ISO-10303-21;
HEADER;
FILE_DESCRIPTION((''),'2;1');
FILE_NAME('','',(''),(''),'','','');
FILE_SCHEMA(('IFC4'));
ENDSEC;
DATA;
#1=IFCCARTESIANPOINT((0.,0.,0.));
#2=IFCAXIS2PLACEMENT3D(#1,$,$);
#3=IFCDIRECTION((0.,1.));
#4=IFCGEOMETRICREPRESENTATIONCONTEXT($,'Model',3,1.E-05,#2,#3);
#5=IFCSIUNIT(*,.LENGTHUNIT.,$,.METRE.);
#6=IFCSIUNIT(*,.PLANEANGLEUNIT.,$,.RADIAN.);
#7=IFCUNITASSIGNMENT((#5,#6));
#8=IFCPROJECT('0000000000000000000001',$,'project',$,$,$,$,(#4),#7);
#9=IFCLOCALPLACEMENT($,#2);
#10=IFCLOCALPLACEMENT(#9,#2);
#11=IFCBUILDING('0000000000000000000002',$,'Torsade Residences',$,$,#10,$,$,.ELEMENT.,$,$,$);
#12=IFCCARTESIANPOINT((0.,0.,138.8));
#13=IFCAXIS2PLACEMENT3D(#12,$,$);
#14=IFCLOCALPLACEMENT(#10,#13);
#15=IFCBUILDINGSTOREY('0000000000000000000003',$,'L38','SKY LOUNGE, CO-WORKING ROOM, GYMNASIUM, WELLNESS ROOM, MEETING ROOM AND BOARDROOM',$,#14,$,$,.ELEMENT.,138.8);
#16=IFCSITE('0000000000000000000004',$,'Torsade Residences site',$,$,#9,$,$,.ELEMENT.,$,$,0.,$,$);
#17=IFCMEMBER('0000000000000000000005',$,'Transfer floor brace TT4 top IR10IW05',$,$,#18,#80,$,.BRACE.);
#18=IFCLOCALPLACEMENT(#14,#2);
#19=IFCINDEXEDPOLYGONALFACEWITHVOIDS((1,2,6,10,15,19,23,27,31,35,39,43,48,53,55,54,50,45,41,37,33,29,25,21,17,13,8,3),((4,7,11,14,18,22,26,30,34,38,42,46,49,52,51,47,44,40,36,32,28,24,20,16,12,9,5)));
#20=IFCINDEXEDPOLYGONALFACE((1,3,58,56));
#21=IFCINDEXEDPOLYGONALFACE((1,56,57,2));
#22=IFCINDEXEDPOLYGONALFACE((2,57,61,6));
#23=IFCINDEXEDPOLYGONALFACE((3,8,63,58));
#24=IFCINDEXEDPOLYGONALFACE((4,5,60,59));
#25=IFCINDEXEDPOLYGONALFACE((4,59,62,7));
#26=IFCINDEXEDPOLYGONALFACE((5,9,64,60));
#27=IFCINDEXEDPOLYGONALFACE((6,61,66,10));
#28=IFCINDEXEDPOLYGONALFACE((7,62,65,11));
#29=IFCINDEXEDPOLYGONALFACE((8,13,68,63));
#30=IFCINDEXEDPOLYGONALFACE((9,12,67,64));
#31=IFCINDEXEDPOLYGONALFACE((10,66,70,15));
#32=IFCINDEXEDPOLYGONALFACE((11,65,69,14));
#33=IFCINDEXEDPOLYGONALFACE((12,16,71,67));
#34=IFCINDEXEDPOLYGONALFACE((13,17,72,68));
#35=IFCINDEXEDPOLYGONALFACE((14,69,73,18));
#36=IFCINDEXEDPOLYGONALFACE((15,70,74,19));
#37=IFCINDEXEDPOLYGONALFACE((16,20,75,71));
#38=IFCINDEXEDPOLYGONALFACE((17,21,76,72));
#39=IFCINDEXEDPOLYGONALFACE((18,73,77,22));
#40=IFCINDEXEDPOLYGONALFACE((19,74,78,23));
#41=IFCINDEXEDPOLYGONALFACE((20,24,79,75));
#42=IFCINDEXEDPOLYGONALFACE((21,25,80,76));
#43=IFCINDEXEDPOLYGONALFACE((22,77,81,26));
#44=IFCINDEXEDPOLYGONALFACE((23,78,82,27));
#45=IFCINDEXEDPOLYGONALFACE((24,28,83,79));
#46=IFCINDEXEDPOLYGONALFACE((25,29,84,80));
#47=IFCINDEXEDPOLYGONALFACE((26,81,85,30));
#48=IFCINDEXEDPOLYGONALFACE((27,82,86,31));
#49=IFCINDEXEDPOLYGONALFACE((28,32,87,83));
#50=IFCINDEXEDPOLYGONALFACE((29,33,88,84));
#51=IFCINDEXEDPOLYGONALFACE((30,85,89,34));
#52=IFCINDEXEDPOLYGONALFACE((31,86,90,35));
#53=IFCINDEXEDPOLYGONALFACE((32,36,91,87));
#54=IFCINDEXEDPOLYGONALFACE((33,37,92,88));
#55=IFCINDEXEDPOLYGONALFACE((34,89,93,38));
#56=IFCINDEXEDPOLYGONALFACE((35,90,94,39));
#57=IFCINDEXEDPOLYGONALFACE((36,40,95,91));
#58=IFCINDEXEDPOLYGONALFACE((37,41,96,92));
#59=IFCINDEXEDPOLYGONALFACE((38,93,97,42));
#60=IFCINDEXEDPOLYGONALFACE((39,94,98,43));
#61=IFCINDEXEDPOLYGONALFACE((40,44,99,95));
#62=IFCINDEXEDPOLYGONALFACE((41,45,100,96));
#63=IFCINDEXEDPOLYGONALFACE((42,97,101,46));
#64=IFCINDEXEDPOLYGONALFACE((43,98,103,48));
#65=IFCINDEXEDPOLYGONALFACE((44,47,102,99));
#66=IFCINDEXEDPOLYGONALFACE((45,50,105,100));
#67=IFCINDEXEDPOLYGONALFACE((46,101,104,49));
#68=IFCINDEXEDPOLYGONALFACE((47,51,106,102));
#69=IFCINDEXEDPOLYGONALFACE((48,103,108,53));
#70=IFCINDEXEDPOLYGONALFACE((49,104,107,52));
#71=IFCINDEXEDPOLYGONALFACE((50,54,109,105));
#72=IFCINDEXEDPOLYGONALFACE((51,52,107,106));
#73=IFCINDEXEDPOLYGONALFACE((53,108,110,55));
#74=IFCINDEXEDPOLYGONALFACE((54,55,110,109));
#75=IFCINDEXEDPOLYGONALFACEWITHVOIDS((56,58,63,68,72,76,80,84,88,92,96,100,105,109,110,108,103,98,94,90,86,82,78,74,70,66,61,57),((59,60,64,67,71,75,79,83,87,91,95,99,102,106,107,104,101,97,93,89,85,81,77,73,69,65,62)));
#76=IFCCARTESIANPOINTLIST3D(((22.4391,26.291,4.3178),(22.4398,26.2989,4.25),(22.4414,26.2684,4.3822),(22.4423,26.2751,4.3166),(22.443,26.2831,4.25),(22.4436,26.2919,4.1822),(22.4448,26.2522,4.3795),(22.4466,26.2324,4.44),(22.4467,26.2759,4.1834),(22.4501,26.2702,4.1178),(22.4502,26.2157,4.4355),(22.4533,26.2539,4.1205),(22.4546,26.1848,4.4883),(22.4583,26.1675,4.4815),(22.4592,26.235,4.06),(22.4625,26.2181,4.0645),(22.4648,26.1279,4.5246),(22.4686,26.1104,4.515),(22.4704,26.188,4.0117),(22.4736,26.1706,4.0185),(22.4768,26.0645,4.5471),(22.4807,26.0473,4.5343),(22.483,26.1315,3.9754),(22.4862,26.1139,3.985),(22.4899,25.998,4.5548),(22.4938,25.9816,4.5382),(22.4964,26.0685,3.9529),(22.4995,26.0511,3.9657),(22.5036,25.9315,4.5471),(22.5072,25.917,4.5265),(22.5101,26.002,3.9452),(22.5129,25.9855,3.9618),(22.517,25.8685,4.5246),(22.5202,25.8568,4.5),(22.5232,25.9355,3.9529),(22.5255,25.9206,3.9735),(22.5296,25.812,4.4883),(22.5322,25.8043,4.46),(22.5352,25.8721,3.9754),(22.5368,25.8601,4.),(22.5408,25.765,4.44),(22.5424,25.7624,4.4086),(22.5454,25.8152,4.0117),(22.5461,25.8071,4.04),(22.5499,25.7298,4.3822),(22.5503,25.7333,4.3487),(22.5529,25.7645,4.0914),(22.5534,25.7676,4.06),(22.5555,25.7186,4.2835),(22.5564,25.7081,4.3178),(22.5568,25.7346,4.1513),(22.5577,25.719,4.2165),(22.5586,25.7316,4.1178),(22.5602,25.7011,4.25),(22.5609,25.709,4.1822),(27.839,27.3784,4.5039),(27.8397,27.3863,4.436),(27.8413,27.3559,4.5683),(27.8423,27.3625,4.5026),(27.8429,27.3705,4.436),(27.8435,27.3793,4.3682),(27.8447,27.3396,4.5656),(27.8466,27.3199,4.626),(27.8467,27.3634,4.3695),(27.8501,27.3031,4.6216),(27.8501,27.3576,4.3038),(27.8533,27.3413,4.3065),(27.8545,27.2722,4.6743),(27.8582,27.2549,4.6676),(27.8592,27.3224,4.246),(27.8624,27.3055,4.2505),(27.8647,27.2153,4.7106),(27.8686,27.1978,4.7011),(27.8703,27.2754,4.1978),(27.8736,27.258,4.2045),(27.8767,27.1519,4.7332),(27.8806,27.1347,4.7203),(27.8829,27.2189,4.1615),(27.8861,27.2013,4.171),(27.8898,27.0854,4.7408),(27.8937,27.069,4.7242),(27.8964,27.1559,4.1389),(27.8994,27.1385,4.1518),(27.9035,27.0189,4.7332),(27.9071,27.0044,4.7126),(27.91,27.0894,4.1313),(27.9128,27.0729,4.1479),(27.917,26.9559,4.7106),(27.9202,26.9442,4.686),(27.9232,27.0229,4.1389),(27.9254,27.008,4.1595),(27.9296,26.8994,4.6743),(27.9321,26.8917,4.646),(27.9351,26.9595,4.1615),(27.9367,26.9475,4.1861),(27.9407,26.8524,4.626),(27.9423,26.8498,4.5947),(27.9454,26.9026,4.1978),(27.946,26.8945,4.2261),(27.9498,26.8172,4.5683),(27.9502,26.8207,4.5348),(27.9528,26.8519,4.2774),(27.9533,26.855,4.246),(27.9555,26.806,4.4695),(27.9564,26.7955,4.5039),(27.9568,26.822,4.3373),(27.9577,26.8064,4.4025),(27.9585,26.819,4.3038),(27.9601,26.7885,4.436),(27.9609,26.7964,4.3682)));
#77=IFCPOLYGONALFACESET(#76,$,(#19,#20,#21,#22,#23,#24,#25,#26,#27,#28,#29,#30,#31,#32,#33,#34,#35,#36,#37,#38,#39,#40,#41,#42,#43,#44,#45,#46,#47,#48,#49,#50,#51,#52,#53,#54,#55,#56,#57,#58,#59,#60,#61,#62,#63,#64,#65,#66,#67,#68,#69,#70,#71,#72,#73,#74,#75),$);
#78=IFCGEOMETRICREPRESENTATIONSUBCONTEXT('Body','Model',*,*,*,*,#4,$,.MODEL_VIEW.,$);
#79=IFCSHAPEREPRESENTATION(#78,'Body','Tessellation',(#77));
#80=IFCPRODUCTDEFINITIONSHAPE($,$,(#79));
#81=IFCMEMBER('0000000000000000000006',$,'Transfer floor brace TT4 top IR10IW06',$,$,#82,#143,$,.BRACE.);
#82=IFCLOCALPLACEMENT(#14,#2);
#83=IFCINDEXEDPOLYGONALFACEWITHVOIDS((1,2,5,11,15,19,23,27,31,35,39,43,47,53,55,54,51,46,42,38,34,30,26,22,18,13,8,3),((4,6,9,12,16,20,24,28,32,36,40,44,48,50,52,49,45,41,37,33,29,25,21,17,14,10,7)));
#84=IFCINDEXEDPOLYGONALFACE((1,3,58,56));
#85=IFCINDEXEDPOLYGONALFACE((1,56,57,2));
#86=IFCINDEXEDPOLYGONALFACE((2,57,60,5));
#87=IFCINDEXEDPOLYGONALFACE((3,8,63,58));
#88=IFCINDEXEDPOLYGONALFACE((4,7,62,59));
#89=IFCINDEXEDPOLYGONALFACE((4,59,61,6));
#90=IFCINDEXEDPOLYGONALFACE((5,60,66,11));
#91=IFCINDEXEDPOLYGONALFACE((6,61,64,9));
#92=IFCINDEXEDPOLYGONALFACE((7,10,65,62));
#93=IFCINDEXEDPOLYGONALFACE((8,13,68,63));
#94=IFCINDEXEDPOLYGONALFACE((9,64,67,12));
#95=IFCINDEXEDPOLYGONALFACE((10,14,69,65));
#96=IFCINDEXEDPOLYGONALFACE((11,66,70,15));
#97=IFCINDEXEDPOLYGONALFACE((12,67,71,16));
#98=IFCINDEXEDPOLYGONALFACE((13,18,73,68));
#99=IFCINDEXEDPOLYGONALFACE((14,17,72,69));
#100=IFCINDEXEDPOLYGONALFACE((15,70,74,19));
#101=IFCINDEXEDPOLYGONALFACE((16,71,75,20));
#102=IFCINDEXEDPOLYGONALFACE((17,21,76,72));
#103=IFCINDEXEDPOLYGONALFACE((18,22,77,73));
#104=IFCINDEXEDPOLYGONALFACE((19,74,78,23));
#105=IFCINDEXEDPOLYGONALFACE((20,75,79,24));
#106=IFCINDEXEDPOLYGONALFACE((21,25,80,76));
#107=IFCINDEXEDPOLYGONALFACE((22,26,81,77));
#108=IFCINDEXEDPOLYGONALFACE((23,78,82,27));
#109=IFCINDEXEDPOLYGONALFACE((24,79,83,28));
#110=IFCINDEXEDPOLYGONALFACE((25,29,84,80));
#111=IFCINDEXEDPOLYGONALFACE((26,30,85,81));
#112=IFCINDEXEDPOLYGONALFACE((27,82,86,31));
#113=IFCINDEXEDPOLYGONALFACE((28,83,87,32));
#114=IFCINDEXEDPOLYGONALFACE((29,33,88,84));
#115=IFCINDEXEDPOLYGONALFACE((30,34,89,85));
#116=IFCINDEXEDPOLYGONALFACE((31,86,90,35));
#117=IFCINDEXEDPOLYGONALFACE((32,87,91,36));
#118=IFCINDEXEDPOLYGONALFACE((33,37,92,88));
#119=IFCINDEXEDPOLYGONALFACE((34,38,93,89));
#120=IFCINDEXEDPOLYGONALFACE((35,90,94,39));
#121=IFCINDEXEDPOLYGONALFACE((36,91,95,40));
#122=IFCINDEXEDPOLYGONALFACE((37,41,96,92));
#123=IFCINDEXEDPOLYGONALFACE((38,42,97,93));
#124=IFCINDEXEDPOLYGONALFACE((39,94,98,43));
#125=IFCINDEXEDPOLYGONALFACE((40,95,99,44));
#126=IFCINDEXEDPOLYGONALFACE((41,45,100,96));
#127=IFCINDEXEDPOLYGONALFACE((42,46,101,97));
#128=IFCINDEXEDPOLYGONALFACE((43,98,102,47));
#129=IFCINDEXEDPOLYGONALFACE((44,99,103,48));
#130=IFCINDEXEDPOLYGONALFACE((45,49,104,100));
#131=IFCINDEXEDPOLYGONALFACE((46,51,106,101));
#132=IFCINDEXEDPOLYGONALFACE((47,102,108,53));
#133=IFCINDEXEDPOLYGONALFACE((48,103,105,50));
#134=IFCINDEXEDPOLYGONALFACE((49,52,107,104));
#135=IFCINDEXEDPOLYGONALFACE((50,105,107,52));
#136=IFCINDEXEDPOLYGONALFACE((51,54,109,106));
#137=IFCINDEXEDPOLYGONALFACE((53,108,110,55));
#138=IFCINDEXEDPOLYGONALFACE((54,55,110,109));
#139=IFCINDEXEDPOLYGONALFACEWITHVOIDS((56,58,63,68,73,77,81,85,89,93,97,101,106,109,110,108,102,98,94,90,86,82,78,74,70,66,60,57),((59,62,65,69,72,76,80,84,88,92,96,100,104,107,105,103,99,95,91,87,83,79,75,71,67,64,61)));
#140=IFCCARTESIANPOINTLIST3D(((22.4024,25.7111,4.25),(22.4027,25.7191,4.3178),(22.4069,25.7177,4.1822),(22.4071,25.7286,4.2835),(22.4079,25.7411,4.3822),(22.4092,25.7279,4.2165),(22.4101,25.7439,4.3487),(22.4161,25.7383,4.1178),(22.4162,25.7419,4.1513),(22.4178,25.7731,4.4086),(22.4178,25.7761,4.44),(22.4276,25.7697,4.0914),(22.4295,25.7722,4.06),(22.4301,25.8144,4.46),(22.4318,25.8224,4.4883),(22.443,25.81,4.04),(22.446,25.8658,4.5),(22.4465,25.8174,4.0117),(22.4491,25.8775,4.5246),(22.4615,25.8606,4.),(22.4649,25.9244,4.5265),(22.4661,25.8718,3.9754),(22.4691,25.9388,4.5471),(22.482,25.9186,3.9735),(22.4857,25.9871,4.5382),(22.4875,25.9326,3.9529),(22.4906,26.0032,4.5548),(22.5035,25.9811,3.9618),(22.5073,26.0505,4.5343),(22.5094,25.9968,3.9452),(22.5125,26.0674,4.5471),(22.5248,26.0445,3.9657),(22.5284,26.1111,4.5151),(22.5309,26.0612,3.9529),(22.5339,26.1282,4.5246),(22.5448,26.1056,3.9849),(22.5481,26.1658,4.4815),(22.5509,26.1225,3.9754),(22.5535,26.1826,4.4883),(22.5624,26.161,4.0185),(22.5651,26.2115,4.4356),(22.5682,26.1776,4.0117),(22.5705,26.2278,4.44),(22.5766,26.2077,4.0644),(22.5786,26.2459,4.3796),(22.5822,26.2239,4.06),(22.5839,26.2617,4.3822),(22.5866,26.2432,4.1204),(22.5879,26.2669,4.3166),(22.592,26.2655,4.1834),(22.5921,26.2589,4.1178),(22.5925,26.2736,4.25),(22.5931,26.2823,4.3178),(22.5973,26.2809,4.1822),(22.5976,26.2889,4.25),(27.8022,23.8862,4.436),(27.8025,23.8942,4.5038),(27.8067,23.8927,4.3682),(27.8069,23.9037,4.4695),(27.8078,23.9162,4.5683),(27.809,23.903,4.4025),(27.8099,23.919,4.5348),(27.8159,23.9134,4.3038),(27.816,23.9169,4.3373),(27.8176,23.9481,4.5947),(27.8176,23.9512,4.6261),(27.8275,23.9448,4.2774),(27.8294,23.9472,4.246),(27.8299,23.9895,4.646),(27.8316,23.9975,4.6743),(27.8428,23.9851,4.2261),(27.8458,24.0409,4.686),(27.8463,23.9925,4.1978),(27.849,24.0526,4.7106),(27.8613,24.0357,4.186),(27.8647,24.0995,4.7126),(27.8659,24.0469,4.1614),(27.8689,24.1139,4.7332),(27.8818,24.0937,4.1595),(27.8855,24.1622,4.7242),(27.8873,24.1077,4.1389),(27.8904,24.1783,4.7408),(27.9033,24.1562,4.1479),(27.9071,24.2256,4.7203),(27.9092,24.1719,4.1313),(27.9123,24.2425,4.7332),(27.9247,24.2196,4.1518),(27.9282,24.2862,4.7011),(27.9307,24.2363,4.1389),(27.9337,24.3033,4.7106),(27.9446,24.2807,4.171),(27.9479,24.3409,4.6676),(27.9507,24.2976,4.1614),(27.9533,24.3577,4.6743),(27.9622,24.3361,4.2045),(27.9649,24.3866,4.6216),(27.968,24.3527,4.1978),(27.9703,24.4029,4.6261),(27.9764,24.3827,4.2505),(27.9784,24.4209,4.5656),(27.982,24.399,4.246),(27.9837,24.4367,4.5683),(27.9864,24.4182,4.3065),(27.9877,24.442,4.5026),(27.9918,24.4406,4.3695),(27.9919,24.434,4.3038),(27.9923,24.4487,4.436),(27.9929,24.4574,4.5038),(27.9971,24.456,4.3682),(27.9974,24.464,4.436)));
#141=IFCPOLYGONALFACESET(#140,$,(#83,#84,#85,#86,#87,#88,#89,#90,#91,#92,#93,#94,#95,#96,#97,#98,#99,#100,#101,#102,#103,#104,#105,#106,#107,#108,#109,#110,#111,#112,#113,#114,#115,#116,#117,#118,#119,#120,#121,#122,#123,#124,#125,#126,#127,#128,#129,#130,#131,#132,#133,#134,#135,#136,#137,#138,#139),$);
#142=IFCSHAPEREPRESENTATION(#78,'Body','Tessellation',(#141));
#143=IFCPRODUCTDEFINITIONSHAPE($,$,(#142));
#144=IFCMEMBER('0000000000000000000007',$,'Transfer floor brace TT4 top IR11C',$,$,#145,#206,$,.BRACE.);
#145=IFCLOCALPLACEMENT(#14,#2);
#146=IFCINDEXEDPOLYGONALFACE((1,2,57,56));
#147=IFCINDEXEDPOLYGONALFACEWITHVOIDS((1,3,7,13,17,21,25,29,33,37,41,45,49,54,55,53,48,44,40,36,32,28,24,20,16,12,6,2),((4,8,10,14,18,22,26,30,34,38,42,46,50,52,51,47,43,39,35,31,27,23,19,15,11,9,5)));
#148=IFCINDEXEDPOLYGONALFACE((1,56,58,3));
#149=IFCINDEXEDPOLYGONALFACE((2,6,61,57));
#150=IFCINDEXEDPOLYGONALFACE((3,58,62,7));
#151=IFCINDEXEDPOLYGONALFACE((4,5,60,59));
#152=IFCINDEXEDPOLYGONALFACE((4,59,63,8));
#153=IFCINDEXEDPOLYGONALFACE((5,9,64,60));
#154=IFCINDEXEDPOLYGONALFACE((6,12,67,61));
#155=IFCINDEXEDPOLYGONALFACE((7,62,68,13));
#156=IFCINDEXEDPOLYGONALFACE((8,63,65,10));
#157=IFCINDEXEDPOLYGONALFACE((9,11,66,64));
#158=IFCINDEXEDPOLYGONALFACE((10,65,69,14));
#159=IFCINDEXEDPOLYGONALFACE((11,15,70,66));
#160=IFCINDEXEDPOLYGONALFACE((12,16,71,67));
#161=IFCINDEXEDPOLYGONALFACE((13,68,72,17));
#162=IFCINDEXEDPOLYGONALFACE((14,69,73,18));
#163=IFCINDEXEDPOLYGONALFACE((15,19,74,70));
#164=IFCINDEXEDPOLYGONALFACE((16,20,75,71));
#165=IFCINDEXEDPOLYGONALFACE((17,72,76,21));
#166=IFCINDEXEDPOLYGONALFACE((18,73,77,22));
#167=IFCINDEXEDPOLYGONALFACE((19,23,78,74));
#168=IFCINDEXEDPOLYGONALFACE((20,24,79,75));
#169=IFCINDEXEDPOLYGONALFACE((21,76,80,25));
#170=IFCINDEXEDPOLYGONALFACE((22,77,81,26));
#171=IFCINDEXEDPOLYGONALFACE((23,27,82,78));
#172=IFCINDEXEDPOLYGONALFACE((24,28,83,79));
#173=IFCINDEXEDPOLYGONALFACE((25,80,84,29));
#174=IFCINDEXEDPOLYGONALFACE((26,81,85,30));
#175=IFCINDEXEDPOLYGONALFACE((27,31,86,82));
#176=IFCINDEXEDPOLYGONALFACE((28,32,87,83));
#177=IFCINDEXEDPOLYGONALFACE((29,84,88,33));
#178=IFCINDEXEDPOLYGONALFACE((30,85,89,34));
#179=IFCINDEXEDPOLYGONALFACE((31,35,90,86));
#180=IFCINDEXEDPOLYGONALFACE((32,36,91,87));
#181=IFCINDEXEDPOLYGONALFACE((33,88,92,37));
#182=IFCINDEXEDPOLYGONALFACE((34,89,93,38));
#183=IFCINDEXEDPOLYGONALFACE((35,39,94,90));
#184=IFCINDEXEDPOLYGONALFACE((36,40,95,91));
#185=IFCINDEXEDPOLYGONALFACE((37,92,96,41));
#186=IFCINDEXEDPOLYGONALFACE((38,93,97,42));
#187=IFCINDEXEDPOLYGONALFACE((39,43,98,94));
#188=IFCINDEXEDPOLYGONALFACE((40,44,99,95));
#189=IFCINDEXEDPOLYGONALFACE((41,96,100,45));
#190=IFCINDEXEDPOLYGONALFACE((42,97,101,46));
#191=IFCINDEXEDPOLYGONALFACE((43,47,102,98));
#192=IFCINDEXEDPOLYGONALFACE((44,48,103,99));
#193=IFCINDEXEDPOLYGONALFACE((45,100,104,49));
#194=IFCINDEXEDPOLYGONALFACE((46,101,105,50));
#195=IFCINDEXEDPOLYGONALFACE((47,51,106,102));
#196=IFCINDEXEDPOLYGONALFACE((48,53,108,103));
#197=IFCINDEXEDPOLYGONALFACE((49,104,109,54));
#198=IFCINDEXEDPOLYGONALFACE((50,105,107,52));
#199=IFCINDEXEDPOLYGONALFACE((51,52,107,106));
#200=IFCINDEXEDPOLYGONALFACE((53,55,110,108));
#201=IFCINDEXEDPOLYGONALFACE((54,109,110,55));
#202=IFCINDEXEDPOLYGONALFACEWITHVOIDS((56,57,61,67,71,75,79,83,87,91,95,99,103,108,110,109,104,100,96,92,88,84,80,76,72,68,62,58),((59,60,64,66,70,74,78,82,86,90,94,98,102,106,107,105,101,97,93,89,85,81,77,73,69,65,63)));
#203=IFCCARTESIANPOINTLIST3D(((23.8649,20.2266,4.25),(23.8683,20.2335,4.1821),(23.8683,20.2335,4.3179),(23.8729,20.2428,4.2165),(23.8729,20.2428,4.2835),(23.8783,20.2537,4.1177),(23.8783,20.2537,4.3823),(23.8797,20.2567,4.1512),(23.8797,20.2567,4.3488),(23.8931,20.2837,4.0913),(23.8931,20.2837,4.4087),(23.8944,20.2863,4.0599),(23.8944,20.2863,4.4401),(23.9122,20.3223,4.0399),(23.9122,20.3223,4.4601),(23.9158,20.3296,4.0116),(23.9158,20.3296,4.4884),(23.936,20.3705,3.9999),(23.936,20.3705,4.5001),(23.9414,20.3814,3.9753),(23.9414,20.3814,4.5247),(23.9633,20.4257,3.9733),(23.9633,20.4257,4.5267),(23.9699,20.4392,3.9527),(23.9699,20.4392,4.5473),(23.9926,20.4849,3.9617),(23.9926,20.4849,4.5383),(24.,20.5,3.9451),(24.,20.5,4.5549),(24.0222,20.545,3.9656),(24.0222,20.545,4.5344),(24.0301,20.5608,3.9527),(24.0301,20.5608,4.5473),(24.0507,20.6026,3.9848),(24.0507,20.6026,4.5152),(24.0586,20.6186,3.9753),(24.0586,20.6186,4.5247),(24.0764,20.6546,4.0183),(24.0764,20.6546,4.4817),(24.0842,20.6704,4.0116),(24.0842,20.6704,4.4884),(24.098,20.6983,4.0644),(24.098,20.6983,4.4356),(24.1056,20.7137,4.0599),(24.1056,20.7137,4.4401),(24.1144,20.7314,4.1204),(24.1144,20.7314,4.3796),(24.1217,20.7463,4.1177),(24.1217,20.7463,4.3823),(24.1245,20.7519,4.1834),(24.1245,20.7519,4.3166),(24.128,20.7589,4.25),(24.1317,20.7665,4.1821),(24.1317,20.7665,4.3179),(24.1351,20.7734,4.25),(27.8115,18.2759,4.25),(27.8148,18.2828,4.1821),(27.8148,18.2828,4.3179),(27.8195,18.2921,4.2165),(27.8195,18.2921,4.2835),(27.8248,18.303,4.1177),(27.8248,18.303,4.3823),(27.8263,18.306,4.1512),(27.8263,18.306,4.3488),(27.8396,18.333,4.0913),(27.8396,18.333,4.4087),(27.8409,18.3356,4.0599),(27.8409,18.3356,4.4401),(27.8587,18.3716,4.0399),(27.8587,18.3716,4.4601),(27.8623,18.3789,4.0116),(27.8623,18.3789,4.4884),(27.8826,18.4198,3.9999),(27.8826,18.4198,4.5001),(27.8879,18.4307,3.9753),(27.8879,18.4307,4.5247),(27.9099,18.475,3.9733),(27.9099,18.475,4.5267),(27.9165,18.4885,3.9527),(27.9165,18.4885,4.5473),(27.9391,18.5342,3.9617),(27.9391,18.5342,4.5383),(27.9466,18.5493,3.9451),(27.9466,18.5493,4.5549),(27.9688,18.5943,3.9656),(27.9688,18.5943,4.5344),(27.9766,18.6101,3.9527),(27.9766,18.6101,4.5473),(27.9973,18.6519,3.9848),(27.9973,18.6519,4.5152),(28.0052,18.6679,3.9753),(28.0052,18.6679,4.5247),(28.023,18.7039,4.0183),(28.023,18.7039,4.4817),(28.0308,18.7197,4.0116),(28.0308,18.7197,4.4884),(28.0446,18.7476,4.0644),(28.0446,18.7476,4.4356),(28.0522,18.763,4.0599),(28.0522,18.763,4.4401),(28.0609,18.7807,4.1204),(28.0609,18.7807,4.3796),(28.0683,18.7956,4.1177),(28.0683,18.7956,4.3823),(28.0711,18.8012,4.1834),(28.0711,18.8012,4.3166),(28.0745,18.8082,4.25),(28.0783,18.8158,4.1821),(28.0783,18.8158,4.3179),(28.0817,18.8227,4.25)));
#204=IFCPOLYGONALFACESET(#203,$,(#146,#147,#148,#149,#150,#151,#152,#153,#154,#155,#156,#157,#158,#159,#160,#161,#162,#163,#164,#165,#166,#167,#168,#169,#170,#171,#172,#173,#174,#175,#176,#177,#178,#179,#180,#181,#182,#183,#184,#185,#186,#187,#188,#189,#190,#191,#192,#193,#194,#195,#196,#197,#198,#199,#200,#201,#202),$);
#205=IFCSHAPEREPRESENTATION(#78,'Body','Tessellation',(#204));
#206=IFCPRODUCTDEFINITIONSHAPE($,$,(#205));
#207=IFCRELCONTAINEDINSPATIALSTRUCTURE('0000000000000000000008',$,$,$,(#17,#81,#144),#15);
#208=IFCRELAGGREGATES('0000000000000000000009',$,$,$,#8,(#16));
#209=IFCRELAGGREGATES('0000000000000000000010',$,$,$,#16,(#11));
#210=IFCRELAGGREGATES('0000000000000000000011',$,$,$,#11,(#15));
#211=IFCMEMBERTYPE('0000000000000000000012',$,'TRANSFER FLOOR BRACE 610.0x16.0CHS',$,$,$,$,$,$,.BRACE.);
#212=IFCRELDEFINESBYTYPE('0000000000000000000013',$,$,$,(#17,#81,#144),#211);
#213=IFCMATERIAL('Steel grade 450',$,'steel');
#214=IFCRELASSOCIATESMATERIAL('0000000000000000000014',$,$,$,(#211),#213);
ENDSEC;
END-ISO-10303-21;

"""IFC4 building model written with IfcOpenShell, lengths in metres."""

from ifc_helpers import new_model, si_unit, direction, frame, origin, origin_2d, place, context, subcontext, project, spatial, hollow_circle, extrude, material, material_profile, profile_set, type_object, element, save


model = new_model("IFC4")

# Units and contexts
model_context = context("Model", 3, precision=1e-05, world=origin(), true_north=direction((0.0, 1.0)))
body_context = subcontext(model_context, "Body", "Model", "MODEL_VIEW")
ifc_project = project(units=[si_unit("LENGTHUNIT", "METRE"), si_unit("PLANEANGLEUNIT", "RADIAN")], contexts=[model_context])

# Site, building, storey
site_placement = place(None, origin())
site = spatial("IfcSite", under=ifc_project, at=site_placement, Name="Torsade Residences site", CompositionType="ELEMENT", RefElevation=0.0)
building_placement = place(site_placement, origin())
building = spatial("IfcBuilding", under=site, at=building_placement, Name="Torsade Residences", CompositionType="ELEMENT")
storey_placement = place(building_placement, frame((0.0, 0.0, 138.8)))
storey = spatial("IfcBuildingStorey", under=building, at=storey_placement, Name="L38", Description="SKY LOUNGE, CO-WORKING ROOM, GYMNASIUM, WELLNESS ROOM, MEETING ROOM AND BOARDROOM", CompositionType="ELEMENT", Elevation=138.8)

# Members
ifc_material_1 = material(Name="Steel grade 450", Category="steel")
ifc_material_profile_1 = material_profile(ifc_material_1, hollow_circle(Radius=0.3049, WallThickness=0.0161, at=origin_2d()), Name="610.0x16.0CHS")
ifc_profile_set_1 = profile_set([ifc_material_profile_1], Name="Steel grade 450")
member_type_1 = type_object("IfcMemberType", Name="TRANSFER FLOOR BRACE 610.0x16.0CHS", PredefinedType="BRACE", material=ifc_profile_set_1)
member_1_placement = place(storey_placement, frame((22.5, 26.0, 4.25), z_axis=(0.979762, 0.197299, 0.033754), x_axis=(-0.197412, 0.980321, 0.0)))
element("IfcMember", 1, at=member_1_placement, inside=storey, type_object=member_type_1, Name="Transfer floor brace TT4 top IR10IW05", PredefinedType="BRACE", context=body_context, shape_type="SweptSolid", body=[
    extrude(hollow_circle(Radius=0.3049, WallThickness=0.0161, at=origin_2d()), origin(), (0.0, 0.0, 1.0), 5.5115),
])
member_2_placement = place(storey_placement, frame((22.5, 26.0, 4.25), z_axis=(0.946856, -0.319999, 0.032621), x_axis=(0.32017, 0.94736, 0.0)))
element("IfcMember", 2, at=member_2_placement, inside=storey, type_object=member_type_1, Name="Transfer floor brace TT4 top IR10IW06", PredefinedType="BRACE", context=body_context, shape_type="SweptSolid", body=[
    extrude(hollow_circle(Radius=0.3049, WallThickness=0.0161, at=origin_2d()), origin(), (0.0, 0.0, 1.0), 5.7029),
])
member_3_placement = place(storey_placement, frame((24.0, 20.5, 4.25), z_axis=(0.89647, -0.443105, 0.0), x_axis=(0.443105, 0.89647, 0.0)))
element("IfcMember", 3, at=member_3_placement, inside=storey, type_object=member_type_1, Name="Transfer floor brace TT4 top IR11C", PredefinedType="BRACE", context=body_context, shape_type="SweptSolid", body=[
    extrude(hollow_circle(Radius=0.3049, WallThickness=0.0161, at=origin_2d()), origin(), (0.0, 0.0, 1.0), 4.4023),
])

save(model, "model.ifc")
